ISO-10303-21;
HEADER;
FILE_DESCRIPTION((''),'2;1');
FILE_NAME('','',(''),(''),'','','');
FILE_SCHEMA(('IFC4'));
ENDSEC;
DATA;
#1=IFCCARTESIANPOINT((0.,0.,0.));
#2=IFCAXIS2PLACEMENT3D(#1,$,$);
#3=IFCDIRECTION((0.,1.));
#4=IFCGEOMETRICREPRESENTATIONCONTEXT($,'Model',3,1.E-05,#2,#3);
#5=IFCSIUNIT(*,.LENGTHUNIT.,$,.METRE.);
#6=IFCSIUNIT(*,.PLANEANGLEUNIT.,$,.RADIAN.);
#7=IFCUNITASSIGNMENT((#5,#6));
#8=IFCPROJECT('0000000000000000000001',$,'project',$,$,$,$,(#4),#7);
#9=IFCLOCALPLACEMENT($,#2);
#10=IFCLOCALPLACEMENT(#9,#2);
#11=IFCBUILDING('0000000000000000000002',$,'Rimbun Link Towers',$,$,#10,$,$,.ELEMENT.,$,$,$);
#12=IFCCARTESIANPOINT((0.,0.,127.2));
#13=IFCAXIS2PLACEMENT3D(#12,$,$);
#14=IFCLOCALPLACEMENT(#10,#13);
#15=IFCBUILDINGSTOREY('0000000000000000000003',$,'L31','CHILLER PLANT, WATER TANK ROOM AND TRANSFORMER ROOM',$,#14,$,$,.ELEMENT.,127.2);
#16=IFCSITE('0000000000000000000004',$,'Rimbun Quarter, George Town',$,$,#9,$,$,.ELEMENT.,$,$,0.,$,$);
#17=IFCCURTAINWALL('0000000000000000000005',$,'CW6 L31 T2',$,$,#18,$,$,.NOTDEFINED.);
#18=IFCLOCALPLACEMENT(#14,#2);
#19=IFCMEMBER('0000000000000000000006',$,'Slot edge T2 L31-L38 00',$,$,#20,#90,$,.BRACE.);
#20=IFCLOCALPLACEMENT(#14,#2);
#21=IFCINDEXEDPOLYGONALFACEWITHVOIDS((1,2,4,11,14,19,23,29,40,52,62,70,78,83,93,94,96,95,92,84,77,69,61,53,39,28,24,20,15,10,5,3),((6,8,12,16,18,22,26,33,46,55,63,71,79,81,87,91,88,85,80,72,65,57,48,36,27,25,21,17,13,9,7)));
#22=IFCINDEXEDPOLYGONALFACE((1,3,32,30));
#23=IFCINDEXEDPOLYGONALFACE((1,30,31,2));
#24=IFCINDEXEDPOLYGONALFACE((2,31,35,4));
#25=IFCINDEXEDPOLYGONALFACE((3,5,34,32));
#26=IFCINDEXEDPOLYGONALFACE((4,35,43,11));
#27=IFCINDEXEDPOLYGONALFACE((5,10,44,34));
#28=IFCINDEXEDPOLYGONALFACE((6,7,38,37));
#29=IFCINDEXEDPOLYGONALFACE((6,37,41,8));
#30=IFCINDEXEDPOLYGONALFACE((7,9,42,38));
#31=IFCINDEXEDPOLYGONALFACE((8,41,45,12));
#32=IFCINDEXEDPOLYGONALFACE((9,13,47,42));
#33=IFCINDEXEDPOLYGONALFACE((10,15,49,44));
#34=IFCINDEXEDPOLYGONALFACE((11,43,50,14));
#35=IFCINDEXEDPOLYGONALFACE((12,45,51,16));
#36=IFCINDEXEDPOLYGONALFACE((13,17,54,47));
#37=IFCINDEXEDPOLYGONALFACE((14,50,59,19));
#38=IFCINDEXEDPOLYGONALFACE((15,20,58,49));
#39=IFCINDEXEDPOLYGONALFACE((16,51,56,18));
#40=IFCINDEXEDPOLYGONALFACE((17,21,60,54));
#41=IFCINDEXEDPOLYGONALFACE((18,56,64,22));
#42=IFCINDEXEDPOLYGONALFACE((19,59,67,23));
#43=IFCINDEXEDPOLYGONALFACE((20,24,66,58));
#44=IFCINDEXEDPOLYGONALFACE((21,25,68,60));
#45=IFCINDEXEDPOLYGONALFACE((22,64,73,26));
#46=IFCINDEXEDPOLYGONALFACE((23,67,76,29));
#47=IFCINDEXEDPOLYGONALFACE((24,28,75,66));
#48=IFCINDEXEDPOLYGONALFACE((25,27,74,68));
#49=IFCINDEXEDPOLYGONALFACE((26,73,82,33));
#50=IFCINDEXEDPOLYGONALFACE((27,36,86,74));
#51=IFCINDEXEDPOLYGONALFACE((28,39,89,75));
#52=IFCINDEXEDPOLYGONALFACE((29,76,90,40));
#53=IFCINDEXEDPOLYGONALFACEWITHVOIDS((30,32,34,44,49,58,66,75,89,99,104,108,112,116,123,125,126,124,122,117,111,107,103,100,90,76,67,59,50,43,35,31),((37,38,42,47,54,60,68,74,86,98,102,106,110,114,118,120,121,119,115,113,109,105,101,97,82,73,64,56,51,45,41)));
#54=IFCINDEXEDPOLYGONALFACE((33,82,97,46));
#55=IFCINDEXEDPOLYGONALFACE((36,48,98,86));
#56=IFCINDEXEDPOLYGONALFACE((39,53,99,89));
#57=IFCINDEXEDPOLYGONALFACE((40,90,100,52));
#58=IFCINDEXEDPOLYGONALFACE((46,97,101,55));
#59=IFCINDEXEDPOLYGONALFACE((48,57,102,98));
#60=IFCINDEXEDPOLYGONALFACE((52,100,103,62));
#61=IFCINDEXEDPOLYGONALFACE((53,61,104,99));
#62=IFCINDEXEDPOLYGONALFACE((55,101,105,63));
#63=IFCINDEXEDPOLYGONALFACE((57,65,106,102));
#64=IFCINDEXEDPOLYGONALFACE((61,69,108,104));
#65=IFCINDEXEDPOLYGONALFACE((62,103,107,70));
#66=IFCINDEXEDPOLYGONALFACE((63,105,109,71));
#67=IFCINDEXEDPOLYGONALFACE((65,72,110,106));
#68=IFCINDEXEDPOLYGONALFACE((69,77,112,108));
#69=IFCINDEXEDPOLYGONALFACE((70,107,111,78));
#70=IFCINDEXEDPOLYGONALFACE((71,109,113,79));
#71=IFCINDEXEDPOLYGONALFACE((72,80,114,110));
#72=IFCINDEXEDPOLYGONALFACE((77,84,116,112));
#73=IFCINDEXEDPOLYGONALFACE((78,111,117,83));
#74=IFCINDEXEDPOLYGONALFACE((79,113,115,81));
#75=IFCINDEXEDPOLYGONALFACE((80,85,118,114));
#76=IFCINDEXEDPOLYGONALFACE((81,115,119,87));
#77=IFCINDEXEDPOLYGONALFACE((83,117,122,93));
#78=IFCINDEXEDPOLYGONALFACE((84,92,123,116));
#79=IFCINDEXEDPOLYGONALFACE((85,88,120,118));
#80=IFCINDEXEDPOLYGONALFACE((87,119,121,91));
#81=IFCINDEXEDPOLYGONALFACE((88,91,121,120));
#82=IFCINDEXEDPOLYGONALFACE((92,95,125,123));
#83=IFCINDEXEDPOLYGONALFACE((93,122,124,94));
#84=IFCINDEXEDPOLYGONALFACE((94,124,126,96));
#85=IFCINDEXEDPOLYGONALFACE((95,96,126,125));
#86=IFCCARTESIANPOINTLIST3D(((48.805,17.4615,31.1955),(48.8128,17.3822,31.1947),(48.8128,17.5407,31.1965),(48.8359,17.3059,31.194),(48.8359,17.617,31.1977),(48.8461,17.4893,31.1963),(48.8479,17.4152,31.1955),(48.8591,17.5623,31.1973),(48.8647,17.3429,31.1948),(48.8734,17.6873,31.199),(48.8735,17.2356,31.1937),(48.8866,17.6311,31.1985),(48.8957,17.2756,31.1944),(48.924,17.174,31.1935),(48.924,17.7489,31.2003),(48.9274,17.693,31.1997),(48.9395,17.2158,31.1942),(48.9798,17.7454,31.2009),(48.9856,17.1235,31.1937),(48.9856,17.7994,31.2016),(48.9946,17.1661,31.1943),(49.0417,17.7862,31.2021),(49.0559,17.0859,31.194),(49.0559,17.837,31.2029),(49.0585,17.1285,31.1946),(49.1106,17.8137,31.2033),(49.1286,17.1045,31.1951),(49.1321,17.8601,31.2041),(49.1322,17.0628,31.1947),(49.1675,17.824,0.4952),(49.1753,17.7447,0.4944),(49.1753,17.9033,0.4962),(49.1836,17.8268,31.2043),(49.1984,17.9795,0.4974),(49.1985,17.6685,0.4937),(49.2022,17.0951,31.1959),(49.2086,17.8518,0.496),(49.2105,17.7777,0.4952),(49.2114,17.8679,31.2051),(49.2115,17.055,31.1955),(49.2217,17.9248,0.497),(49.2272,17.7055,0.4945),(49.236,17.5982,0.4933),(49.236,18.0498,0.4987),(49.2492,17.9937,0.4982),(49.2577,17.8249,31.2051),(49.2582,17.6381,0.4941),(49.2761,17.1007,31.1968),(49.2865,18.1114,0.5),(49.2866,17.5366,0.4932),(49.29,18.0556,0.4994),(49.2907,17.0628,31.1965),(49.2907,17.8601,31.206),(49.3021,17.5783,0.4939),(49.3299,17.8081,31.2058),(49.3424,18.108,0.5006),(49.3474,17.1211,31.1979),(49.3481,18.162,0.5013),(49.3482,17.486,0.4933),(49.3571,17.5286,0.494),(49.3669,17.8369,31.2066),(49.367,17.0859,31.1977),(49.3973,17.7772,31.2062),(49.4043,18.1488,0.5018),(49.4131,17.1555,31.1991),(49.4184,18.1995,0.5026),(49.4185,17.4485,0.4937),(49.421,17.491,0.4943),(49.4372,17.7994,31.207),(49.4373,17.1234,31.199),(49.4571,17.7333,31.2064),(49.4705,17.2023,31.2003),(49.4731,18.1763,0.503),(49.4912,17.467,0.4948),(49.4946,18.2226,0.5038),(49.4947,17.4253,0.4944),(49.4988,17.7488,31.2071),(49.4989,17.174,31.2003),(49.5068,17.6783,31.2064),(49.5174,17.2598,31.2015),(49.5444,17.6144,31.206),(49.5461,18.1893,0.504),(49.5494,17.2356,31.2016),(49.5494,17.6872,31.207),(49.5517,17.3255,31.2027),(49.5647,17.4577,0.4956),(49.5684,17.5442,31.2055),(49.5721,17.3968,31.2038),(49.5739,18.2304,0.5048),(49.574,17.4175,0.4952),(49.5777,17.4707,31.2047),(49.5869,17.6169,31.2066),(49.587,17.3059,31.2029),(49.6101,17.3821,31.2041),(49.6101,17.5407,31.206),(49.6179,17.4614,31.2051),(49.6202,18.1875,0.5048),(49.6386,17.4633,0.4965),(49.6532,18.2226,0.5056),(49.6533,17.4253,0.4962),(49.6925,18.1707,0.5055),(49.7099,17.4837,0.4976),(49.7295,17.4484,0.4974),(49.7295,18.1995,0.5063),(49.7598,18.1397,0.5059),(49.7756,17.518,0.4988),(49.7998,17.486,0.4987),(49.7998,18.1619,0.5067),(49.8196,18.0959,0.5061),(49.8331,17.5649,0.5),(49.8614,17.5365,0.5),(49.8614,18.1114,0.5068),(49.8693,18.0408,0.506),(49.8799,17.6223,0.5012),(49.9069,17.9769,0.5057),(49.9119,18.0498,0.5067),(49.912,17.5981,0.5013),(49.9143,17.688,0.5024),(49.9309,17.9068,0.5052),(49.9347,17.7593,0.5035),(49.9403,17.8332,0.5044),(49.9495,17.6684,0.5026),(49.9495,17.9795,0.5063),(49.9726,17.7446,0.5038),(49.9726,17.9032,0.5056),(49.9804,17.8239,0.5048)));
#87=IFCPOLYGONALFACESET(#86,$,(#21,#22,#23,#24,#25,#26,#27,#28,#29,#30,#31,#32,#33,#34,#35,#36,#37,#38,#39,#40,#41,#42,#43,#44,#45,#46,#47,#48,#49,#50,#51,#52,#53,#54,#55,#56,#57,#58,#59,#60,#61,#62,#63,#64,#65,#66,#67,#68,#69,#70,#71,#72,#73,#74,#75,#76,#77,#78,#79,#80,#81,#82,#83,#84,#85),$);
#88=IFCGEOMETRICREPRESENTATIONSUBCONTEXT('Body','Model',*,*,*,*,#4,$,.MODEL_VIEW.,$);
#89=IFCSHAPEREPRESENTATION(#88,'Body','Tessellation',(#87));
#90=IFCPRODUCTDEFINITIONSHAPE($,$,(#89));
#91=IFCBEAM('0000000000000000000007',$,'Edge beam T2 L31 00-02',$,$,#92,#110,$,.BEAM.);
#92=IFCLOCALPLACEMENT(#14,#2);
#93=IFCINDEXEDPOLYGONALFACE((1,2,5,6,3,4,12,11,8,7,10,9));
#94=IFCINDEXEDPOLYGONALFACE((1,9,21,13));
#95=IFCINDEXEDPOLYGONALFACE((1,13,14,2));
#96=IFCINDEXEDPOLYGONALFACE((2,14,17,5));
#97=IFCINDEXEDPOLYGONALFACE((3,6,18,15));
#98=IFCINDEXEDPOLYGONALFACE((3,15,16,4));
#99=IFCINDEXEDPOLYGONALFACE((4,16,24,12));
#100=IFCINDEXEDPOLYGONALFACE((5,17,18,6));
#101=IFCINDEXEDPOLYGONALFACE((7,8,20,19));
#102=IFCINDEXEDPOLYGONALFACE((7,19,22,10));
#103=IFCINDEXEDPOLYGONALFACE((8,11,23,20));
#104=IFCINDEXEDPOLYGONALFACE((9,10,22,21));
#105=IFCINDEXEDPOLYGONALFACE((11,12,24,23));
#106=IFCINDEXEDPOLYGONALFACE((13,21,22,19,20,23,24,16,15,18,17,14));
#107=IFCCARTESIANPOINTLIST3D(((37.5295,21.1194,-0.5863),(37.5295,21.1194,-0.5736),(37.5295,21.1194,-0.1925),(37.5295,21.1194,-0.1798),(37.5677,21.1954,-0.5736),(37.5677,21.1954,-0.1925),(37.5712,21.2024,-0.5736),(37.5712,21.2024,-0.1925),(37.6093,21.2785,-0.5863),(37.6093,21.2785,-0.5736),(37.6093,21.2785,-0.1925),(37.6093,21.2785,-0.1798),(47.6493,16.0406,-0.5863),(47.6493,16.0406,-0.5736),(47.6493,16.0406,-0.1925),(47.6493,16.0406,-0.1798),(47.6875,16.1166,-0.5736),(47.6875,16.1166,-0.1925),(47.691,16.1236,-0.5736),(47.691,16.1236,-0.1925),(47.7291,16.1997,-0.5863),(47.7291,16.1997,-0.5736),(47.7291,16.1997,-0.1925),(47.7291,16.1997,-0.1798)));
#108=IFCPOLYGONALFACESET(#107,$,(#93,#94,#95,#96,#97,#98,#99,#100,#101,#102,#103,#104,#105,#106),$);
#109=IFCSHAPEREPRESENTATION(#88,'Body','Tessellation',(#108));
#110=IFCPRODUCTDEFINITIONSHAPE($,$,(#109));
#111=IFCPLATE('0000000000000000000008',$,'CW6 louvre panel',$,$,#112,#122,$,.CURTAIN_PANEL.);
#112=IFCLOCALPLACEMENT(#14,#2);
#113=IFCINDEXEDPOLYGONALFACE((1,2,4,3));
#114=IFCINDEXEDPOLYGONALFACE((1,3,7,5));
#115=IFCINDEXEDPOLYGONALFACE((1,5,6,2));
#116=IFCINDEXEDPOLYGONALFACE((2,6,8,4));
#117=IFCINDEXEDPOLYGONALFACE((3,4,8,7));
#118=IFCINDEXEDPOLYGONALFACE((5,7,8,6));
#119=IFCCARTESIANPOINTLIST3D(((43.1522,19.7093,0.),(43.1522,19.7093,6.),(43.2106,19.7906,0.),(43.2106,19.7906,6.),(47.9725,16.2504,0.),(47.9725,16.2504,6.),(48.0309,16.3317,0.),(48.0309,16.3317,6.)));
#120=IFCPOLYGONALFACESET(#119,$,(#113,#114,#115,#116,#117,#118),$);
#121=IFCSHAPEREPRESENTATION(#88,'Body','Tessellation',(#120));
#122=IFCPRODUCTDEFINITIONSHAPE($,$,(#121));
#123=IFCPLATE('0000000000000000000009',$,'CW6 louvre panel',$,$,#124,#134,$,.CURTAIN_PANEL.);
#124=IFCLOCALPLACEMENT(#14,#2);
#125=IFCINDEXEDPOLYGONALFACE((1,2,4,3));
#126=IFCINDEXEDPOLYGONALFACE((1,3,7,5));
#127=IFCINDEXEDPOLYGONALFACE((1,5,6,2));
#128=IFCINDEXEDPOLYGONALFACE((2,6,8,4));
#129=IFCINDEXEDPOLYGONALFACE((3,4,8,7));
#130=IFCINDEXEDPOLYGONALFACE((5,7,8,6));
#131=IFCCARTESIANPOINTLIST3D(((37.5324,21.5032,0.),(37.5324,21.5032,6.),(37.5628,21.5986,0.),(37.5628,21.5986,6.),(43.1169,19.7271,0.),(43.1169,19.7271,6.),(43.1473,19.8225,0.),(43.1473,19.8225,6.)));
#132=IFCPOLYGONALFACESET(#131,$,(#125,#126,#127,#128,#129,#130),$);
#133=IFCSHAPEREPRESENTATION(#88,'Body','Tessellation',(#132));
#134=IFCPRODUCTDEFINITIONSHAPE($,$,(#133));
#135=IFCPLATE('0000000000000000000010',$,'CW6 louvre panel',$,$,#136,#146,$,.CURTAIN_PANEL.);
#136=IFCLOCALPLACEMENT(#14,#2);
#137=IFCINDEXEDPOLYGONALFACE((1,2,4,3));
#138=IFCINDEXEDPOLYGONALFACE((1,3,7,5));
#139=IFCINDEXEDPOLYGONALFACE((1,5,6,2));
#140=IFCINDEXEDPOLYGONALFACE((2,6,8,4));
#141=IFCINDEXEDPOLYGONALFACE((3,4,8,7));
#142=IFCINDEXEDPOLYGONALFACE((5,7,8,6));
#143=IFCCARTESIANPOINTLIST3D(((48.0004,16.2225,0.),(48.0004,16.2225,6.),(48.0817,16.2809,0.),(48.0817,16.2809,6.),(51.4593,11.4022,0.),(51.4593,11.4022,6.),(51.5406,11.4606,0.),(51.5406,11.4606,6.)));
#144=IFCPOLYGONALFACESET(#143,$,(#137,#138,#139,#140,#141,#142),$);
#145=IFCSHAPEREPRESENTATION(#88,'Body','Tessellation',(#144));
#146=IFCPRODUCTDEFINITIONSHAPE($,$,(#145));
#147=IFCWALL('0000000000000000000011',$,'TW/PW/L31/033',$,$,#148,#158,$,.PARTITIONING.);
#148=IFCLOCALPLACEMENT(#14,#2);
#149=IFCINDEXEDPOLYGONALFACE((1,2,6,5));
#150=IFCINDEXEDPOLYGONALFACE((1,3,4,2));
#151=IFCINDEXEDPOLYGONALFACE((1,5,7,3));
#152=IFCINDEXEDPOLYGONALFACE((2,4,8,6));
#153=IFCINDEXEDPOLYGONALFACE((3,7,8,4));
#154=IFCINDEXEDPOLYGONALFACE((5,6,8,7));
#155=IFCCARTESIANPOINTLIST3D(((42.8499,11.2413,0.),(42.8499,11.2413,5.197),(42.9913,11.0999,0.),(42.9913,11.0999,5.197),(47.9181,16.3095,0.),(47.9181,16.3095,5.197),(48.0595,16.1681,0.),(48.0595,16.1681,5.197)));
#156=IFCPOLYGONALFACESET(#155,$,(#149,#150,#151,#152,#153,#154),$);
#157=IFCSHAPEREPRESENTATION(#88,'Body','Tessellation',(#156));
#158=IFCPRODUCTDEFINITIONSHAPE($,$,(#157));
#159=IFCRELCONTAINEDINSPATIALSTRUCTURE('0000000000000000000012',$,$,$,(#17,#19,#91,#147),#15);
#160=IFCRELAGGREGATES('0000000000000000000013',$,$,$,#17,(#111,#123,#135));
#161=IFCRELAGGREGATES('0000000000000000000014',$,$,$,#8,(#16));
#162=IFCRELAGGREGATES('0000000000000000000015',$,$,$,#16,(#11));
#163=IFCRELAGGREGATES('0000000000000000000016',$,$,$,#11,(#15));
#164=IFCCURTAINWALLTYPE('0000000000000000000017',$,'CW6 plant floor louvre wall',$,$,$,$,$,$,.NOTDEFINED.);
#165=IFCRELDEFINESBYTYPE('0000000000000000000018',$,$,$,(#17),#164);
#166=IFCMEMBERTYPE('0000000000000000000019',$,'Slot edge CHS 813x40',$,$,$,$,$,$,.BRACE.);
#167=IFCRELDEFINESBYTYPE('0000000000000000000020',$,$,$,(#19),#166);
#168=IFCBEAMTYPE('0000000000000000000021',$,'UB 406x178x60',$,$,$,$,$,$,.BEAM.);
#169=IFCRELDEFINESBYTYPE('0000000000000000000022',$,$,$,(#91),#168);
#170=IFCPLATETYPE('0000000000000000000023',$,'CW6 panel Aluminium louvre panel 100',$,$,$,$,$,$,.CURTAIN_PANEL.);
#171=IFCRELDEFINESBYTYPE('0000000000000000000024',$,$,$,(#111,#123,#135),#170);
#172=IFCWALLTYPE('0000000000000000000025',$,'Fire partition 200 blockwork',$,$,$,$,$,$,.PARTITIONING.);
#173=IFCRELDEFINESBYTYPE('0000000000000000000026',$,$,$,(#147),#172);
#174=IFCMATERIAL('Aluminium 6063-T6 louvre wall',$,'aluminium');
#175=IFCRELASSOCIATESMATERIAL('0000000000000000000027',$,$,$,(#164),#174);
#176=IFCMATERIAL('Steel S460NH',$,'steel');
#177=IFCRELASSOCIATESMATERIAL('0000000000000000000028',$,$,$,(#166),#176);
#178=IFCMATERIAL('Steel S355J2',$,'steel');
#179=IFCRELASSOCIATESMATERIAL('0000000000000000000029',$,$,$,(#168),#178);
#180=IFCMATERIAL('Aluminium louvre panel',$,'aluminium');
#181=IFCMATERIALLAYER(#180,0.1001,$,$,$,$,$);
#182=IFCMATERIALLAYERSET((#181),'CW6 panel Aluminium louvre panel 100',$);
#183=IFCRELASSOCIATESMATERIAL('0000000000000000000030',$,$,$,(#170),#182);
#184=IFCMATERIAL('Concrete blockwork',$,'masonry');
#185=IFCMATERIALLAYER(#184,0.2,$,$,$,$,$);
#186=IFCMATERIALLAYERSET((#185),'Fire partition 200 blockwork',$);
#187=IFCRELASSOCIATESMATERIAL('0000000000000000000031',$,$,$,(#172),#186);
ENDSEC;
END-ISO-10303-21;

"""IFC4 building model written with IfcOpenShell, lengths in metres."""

from ifc_helpers import new_model, si_unit, direction, frame, frame_2d, origin, origin_2d, place, context, subcontext, project, spatial, rectangle, hollow_circle, i_section, extrude, material, layer, layer_set, material_profile, profile_set, type_object, element, aggregate, save


model = new_model("IFC4")

# Units and contexts
model_context = context("Model", 3, precision=1e-05, world=origin(), true_north=direction((0.0, 1.0)))
body_context = subcontext(model_context, "Body", "Model", "MODEL_VIEW")
ifc_project = project(units=[si_unit("LENGTHUNIT", "METRE"), si_unit("PLANEANGLEUNIT", "RADIAN")], contexts=[model_context])

# Site, building, storey
site_placement = place(None, origin())
site = spatial("IfcSite", under=ifc_project, at=site_placement, Name="Rimbun Quarter, George Town", CompositionType="ELEMENT", RefElevation=0.0)
building_placement = place(site_placement, origin())
building = spatial("IfcBuilding", under=site, at=building_placement, Name="Rimbun Link Towers", CompositionType="ELEMENT")
storey_placement = place(building_placement, frame((0.0, 0.0, 127.2)))
storey = spatial("IfcBuildingStorey", under=building, at=storey_placement, Name="L31", Description="CHILLER PLANT, WATER TANK ROOM AND TRANSFORMER ROOM", CompositionType="ELEMENT", Elevation=127.2)

# Curtain wall
ifc_material_1 = material(Name="Aluminium 6063-T6 louvre wall", Category="aluminium")
curtain_wall_type = type_object("IfcCurtainWallType", Name="CW6 plant floor louvre wall", PredefinedType="NOTDEFINED", material=ifc_material_1)
curtain_wall_placement = place(storey_placement, origin())
curtain_wall = element("IfcCurtainWall", 1, at=curtain_wall_placement, inside=storey, type_object=curtain_wall_type, Name="CW6 L31 T2", PredefinedType="NOTDEFINED")

# Member
ifc_material_2 = material(Name="Steel S460NH", Category="steel")
ifc_material_profile_1 = material_profile(ifc_material_2, hollow_circle(Radius=0.4065, WallThickness=0.04, at=origin_2d()), Name="Slot edge CHS 813x40")
ifc_profile_set_1 = profile_set([ifc_material_profile_1], Name="Steel S460NH")
member_type_1 = type_object("IfcMemberType", Name="Slot edge CHS 813x40", PredefinedType="BRACE", material=ifc_profile_set_1)
member_1_placement = place(storey_placement, frame((49.574, 17.824, 0.5), z_axis=(-0.011808, -0.011808, 0.999861), x_axis=(0.707107, -0.707107, 0.0)))
element("IfcMember", 2, at=member_1_placement, inside=storey, type_object=member_type_1, Name="Slot edge T2 L31-L38 00", PredefinedType="BRACE", context=body_context, shape_type="SweptSolid", body=[
    extrude(hollow_circle(Radius=0.4065, WallThickness=0.04, at=origin_2d()), origin(), (0.0, 0.0, 1.0), 30.7046),
])

# Beam
ifc_material_3 = material(Name="Steel S355J2", Category="steel")
ifc_material_profile_2 = material_profile(ifc_material_3, i_section(OverallWidth=0.178, OverallDepth=0.4065, WebThickness=0.0078, FlangeThickness=0.0127, at=origin_2d()), Name="UB 406x178x60")
ifc_profile_set_2 = profile_set([ifc_material_profile_2], Name="Steel S355J2")
beam_type_1 = type_object("IfcBeamType", Name="UB 406x178x60", PredefinedType="BEAM", material=ifc_profile_set_2)
beam_1_placement = place(storey_placement, frame((47.6892, 16.1201, -0.3831), z_axis=(-0.893758, 0.44855, 0.0), x_axis=(-0.44855, -0.893758, 0.0)))
element("IfcBeam", 3, at=beam_1_placement, inside=storey, type_object=beam_type_1, Name="Edge beam T2 L31 00-02", PredefinedType="BEAM", context=body_context, shape_type="SweptSolid", body=[
    extrude(i_section(OverallWidth=0.178, OverallDepth=0.4065, WebThickness=0.0078, FlangeThickness=0.0127, at=origin_2d()), origin(), (0.0, 0.0, 1.0), 11.3228),
])

# Plates
ifc_material_4 = material(Name="Aluminium louvre panel", Category="aluminium")
ifc_layer_1 = layer(ifc_material_4, 0.1001)
ifc_layer_set_1 = layer_set([ifc_layer_1], Name="CW6 panel Aluminium louvre panel 100")
plate_type = type_object("IfcPlateType", Name="CW6 panel Aluminium louvre panel 100", PredefinedType="CURTAIN_PANEL", material=ifc_layer_set_1)
plate_1_placement = place(storey_placement, frame((45.5916, 18.0205, 0.0), z_axis=(0.0, 0.0, 1.0), x_axis=(0.812471, -0.583001, 0.0)))
plate_1 = element("IfcPlate", 4, at=plate_1_placement, type_object=plate_type, Name="CW6 louvre panel", PredefinedType="CURTAIN_PANEL", context=body_context, shape_type="SweptSolid", body=[
    extrude(rectangle(XDim=5.9329, YDim=0.1001, at=origin_2d()), origin(), (0.0, 0.0, 1.0), 6.0),
])
plate_2_placement = place(storey_placement, frame((40.3398, 20.6628, 0.0), z_axis=(0.0, 0.0, 1.0), x_axis=(0.952965, -0.303079, 0.0)))
plate_2 = element("IfcPlate", 5, at=plate_2_placement, type_object=plate_type, Name="CW6 louvre panel", PredefinedType="CURTAIN_PANEL", context=body_context, shape_type="SweptSolid", body=[
    extrude(rectangle(XDim=5.8601, YDim=0.1001, at=origin_2d()), origin(), (0.0, 0.0, 1.0), 6.0),
])
plate_3_placement = place(storey_placement, frame((49.7705, 13.8416, 0.0), z_axis=(0.0, 0.0, 1.0), x_axis=(0.583001, -0.812471, 0.0)))
plate_3 = element("IfcPlate", 6, at=plate_3_placement, type_object=plate_type, Name="CW6 louvre panel", PredefinedType="CURTAIN_PANEL", context=body_context, shape_type="SweptSolid", body=[
    extrude(rectangle(XDim=5.9329, YDim=0.1001, at=origin_2d()), origin(), (0.0, 0.0, 1.0), 6.0),
])
aggregate(curtain_wall, [plate_1, plate_2, plate_3])

# Wall
ifc_material_5 = material(Name="Concrete blockwork", Category="masonry")
ifc_layer_2 = layer(ifc_material_5, 0.2)
ifc_layer_set_2 = layer_set([ifc_layer_2], Name="Fire partition 200 blockwork")
wall_type = type_object("IfcWallType", Name="Fire partition 200 blockwork", PredefinedType="PARTITIONING", material=ifc_layer_set_2)
wall_placement = place(storey_placement, frame((47.9888, 16.2388, 0.0), z_axis=(0.0, 0.0, 1.0), x_axis=(-0.707107, -0.707107, 0.0)))
element("IfcWall", 7, at=wall_placement, inside=storey, type_object=wall_type, Name="TW/PW/L31/033", PredefinedType="PARTITIONING", context=body_context, shape_type="SweptSolid", body=[
    extrude(rectangle(XDim=7.1675, YDim=0.2, at=frame_2d((3.5837, 0.0))), origin(), (0.0, 0.0, 1.0), 5.197),
])

save(model, "model.ifc")
